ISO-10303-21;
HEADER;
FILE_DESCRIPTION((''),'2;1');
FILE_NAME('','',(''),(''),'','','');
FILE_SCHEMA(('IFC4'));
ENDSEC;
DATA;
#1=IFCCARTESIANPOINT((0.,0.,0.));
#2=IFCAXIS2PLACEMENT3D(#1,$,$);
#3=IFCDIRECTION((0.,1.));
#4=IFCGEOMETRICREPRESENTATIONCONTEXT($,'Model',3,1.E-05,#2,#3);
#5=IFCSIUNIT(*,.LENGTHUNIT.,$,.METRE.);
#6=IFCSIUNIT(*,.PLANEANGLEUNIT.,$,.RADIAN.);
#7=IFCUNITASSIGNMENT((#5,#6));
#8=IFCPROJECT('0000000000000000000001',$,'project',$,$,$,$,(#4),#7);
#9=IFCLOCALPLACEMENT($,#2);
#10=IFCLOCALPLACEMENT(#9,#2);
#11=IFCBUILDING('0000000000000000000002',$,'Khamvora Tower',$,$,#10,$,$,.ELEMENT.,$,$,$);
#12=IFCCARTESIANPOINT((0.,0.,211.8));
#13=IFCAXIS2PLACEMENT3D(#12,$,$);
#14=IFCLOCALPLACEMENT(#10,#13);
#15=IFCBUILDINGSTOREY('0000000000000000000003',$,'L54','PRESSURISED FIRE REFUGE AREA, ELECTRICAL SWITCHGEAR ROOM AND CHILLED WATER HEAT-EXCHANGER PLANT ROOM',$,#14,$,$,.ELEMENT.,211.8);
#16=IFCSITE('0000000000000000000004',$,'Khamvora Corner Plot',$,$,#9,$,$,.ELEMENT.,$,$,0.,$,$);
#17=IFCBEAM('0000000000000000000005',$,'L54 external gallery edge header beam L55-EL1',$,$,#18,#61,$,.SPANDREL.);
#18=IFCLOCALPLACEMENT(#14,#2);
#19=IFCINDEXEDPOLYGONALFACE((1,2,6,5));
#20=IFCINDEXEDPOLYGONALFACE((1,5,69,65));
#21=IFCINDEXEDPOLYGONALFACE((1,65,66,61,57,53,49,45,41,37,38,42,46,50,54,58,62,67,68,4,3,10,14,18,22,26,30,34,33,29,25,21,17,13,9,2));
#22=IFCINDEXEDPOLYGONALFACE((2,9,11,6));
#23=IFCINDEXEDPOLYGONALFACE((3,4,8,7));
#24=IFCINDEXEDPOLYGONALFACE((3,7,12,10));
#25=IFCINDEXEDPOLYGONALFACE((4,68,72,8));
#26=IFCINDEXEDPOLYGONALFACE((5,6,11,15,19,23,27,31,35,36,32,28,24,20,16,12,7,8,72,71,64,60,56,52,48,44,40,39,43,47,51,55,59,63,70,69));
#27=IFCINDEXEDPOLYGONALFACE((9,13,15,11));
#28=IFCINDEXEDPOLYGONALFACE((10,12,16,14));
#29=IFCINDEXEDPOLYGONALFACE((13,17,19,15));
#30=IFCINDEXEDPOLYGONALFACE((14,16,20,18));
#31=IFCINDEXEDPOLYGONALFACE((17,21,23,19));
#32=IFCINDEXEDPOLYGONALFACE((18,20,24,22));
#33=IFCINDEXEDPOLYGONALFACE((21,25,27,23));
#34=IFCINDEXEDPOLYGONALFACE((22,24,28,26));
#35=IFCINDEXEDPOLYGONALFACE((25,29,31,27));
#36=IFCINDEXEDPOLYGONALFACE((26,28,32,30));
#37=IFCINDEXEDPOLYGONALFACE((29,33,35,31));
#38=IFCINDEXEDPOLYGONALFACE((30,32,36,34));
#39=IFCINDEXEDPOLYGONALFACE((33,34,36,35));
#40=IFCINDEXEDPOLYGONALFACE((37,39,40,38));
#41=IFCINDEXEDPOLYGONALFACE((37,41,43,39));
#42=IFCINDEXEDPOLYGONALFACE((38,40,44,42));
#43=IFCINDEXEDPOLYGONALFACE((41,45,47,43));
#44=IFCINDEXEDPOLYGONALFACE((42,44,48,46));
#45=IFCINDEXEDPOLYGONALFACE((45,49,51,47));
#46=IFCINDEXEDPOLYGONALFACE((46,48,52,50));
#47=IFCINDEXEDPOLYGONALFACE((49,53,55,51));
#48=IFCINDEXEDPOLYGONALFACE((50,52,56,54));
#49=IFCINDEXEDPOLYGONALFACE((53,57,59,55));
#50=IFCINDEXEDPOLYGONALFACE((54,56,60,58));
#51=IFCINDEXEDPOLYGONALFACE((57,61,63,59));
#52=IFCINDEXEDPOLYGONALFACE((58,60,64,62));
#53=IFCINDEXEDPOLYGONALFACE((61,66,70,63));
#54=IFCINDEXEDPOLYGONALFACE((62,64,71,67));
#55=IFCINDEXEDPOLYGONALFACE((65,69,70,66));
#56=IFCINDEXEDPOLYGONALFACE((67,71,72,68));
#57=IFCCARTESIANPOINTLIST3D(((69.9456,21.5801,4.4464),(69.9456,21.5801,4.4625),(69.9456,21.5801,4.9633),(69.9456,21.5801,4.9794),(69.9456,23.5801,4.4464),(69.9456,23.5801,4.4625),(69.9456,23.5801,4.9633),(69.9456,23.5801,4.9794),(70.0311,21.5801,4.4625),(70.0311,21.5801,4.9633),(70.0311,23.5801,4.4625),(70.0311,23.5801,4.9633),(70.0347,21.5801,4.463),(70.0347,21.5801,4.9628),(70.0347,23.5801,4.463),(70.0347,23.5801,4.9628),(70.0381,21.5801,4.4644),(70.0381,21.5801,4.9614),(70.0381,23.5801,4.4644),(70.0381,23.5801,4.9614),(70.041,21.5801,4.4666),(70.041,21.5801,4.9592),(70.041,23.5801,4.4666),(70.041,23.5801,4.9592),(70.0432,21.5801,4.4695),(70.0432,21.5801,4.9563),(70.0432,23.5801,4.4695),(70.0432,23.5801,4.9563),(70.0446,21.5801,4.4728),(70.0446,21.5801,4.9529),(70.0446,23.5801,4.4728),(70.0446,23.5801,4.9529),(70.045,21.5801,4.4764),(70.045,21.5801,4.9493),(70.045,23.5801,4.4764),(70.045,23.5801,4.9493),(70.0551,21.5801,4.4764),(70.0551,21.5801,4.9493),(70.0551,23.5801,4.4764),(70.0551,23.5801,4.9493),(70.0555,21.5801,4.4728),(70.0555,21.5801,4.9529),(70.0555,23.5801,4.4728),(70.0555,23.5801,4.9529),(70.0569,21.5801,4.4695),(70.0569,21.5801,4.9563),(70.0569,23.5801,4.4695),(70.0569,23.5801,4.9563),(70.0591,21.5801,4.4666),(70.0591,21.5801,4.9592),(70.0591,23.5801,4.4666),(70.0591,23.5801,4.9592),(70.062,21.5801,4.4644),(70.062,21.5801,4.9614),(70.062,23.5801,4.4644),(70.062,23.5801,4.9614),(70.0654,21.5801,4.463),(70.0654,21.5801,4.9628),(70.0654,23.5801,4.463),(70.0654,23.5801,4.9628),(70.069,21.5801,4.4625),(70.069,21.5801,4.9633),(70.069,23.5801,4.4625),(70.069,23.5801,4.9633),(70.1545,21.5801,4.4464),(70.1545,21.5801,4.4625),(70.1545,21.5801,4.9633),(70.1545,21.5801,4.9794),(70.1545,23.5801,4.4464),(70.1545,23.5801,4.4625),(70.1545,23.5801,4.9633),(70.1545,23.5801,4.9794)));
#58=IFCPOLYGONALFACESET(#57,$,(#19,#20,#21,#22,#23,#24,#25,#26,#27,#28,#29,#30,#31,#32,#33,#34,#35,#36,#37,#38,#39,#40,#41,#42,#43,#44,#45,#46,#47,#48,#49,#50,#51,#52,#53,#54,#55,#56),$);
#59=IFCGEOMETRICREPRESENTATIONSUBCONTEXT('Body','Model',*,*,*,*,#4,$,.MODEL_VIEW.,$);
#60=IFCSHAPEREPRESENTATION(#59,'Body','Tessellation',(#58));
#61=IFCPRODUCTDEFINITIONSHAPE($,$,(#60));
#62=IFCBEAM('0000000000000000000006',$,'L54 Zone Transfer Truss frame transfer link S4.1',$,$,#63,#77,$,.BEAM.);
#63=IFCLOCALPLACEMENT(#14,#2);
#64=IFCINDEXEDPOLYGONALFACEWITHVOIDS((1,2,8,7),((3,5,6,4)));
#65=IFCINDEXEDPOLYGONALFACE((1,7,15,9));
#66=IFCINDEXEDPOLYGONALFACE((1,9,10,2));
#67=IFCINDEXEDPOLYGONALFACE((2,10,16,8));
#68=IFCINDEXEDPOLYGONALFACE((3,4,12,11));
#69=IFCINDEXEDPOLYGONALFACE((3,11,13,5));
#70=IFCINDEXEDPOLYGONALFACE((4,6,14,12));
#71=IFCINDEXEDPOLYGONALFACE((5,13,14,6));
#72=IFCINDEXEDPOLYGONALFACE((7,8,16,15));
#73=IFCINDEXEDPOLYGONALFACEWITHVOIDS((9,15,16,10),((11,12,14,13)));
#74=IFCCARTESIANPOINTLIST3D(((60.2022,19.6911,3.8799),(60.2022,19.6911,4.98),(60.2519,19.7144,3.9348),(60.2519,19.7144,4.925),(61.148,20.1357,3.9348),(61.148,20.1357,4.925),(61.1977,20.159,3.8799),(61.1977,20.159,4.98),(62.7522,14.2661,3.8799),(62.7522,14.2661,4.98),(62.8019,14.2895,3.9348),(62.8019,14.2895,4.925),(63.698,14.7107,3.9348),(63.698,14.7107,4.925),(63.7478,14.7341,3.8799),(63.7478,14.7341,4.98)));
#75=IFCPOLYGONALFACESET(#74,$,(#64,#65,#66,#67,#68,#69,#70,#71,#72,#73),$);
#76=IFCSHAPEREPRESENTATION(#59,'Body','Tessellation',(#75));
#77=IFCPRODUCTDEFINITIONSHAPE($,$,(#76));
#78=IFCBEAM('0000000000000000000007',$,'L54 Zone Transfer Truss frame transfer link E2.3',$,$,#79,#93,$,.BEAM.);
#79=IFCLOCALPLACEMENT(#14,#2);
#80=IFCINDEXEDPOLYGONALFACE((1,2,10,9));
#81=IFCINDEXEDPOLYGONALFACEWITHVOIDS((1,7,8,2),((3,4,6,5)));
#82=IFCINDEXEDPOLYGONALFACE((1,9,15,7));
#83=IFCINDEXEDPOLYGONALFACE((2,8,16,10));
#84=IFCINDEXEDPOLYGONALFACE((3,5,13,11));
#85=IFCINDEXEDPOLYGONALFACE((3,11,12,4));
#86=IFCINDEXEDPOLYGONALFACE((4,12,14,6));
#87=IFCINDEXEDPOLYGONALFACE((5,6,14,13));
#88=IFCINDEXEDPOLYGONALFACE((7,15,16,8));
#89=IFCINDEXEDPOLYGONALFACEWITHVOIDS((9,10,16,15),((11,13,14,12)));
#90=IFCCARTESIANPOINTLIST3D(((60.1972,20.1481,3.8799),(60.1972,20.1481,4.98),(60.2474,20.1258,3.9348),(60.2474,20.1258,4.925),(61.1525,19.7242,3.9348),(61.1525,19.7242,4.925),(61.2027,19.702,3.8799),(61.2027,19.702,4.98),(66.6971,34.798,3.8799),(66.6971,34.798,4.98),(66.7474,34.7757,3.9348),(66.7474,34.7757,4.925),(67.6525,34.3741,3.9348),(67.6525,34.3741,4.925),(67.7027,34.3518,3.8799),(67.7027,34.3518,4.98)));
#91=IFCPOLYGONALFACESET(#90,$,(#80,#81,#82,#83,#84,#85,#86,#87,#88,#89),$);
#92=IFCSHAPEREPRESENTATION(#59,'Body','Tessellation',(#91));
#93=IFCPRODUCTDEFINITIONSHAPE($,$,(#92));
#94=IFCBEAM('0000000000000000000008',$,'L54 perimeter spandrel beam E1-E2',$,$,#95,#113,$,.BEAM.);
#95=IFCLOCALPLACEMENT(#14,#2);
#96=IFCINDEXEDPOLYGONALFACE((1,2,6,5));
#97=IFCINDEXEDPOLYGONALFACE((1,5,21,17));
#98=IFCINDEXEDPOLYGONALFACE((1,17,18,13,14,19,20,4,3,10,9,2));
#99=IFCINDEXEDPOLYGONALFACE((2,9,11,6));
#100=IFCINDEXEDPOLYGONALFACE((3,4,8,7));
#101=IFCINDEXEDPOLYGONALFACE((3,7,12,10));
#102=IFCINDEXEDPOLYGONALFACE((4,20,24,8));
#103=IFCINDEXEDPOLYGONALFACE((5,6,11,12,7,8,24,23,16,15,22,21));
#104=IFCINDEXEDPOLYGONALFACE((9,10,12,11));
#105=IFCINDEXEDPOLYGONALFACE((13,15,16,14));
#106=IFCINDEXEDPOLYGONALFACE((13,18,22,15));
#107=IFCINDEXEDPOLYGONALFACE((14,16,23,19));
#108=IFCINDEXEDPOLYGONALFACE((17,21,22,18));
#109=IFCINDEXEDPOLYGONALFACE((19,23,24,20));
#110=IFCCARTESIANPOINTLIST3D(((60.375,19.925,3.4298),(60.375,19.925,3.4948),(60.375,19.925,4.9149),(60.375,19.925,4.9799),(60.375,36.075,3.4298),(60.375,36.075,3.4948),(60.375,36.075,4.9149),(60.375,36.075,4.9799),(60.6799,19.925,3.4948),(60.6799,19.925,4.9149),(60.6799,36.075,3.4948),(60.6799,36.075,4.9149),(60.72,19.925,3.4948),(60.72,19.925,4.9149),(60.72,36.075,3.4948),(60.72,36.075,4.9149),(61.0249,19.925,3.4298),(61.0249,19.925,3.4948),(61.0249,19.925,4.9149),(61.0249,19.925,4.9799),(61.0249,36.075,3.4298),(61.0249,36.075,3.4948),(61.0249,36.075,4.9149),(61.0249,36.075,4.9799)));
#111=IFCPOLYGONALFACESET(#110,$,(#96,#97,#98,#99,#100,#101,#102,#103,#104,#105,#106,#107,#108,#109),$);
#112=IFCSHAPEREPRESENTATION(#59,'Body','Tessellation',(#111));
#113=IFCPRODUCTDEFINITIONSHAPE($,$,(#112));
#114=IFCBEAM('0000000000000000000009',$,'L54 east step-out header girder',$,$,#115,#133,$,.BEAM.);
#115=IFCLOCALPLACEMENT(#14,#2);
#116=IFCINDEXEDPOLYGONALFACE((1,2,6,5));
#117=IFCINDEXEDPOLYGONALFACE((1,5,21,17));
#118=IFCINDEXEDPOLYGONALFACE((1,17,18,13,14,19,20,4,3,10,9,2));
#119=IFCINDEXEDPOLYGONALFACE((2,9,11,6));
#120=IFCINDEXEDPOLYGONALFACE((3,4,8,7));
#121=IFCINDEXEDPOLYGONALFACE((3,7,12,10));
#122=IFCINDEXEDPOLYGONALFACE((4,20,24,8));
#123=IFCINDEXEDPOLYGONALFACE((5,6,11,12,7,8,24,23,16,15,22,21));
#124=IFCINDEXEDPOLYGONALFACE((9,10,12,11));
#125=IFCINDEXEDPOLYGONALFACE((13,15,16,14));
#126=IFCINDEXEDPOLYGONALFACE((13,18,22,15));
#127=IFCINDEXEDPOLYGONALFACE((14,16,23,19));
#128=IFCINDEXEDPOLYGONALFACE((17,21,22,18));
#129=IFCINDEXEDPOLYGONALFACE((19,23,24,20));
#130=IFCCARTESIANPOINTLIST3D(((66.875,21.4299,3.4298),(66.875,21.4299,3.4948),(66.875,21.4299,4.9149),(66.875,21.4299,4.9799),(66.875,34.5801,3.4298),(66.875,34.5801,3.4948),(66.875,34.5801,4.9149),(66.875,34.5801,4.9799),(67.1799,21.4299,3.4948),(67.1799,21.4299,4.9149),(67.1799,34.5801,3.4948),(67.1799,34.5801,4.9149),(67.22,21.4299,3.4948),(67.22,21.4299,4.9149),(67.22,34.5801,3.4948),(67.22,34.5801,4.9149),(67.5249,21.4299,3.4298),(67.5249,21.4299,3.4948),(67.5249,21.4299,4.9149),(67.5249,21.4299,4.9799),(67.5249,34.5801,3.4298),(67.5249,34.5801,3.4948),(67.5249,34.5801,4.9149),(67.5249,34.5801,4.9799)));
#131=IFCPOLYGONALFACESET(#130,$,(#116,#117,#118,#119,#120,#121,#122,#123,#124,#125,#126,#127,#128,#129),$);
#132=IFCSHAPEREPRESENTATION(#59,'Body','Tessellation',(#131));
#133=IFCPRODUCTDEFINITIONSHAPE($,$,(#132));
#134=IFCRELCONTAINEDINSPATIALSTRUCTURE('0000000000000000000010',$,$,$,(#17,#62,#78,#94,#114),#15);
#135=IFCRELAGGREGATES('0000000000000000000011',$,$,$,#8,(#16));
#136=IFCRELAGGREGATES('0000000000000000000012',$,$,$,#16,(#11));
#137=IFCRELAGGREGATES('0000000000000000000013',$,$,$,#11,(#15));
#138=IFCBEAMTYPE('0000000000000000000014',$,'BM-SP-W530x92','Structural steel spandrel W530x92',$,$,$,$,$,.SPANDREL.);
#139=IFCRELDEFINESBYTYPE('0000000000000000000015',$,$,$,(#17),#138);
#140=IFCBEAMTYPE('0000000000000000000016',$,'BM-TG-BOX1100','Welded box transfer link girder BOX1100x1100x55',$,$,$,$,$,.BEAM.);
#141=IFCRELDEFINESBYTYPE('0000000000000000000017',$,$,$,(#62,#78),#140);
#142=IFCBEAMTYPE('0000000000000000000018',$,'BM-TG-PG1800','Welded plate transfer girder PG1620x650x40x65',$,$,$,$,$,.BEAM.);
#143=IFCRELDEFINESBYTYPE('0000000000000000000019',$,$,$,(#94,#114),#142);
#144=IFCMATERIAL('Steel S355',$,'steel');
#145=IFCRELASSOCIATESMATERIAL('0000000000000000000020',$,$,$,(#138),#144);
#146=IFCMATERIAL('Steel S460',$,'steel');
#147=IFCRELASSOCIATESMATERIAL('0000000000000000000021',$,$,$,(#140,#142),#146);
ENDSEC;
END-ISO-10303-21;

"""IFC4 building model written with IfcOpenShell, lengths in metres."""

from ifc_helpers import new_model, si_unit, direction, frame, origin, origin_2d, place, context, subcontext, project, spatial, hollow_rectangle, i_section, extrude, material, material_profile, profile_set, type_object, element, save


model = new_model("IFC4")

# Units and contexts
model_context = context("Model", 3, precision=1e-05, world=origin(), true_north=direction((0.0, 1.0)))
body_context = subcontext(model_context, "Body", "Model", "MODEL_VIEW")
ifc_project = project(units=[si_unit("LENGTHUNIT", "METRE"), si_unit("PLANEANGLEUNIT", "RADIAN")], contexts=[model_context])

# Site, building, storey
site_placement = place(None, origin())
site = spatial("IfcSite", under=ifc_project, at=site_placement, Name="Khamvora Corner Plot", CompositionType="ELEMENT", RefElevation=0.0)
building_placement = place(site_placement, origin())
building = spatial("IfcBuilding", under=site, at=building_placement, Name="Khamvora Tower", CompositionType="ELEMENT")
storey_placement = place(building_placement, frame((0.0, 0.0, 211.8)))
storey = spatial("IfcBuildingStorey", under=building, at=storey_placement, Name="L54", Description="PRESSURISED FIRE REFUGE AREA, ELECTRICAL SWITCHGEAR ROOM AND CHILLED WATER HEAT-EXCHANGER PLANT ROOM", CompositionType="ELEMENT", Elevation=211.8)

# Beams
ifc_material_1 = material(Name="Steel S355", Category="steel")
ifc_material_profile_1 = material_profile(ifc_material_1, i_section(OverallWidth=0.209, OverallDepth=0.533, WebThickness=0.01, FlangeThickness=0.0161, FilletRadius=0.0139, at=origin_2d()), Name="W530x92")
ifc_profile_set_1 = profile_set([ifc_material_profile_1], Name="Steel S355")
beam_type_1 = type_object("IfcBeamType", Name="BM-SP-W530x92", Description="Structural steel spandrel W530x92", PredefinedType="SPANDREL", material=ifc_profile_set_1)
beam_1_placement = place(storey_placement, frame((70.05, 21.5801, 4.7129), z_axis=(0.0, 1.0, 0.0), x_axis=(-1.0, 0.0, 0.0)))
element("IfcBeam", 1, at=beam_1_placement, inside=storey, type_object=beam_type_1, Name="L54 external gallery edge header beam L55-EL1", PredefinedType="SPANDREL", context=body_context, shape_type="SweptSolid", body=[
    extrude(i_section(OverallWidth=0.209, OverallDepth=0.533, WebThickness=0.01, FlangeThickness=0.0161, FilletRadius=0.0139, at=origin_2d()), origin(), (0.0, 0.0, 1.0), 2.0),
])
ifc_material_2 = material(Name="Steel S460", Category="steel")
ifc_material_profile_2 = material_profile(ifc_material_2, hollow_rectangle(XDim=1.1001, YDim=1.1001, WallThickness=0.0549, at=origin_2d()), Name="BOX1100x1100x55")
ifc_profile_set_2 = profile_set([ifc_material_profile_2], Name="Steel S460")
beam_type_2 = type_object("IfcBeamType", Name="BM-TG-BOX1100", Description="Welded box transfer link girder BOX1100x1100x55", PredefinedType="BEAM", material=ifc_profile_set_2)
beam_2_placement = place(storey_placement, frame((60.7, 19.925, 4.4299), z_axis=(0.425399, -0.905006, 0.0), x_axis=(0.905006, 0.425399, 0.0)))
element("IfcBeam", 2, at=beam_2_placement, inside=storey, type_object=beam_type_2, Name="L54 Zone Transfer Truss frame transfer link S4.1", PredefinedType="BEAM", context=body_context, shape_type="SweptSolid", body=[
    extrude(hollow_rectangle(XDim=1.1001, YDim=1.1001, WallThickness=0.0549, at=origin_2d()), origin(), (0.0, 0.0, 1.0), 5.9944),
])
beam_3_placement = place(storey_placement, frame((60.7, 19.925, 4.4299), z_axis=(0.405562, 0.914068, 0.0), x_axis=(-0.914068, 0.405562, 0.0)))
element("IfcBeam", 3, at=beam_3_placement, inside=storey, type_object=beam_type_2, Name="L54 Zone Transfer Truss frame transfer link E2.3", PredefinedType="BEAM", context=body_context, shape_type="SweptSolid", body=[
    extrude(hollow_rectangle(XDim=1.1001, YDim=1.1001, WallThickness=0.0549, at=origin_2d()), origin(), (0.0, 0.0, 1.0), 16.0271),
])
ifc_material_profile_3 = material_profile(ifc_material_2, i_section(OverallWidth=0.6499, OverallDepth=1.55, WebThickness=0.04, FlangeThickness=0.0649, at=origin_2d()), Name="PG1550x650x40x65")
ifc_profile_set_3 = profile_set([ifc_material_profile_3], Name="Steel S460")
beam_type_3 = type_object("IfcBeamType", Name="BM-TG-PG1800", Description="Welded plate transfer girder PG1620x650x40x65", PredefinedType="BEAM", material=ifc_profile_set_3)
beam_4_placement = place(storey_placement, frame((60.7, 19.925, 4.2048), z_axis=(0.0, 1.0, 0.0), x_axis=(-1.0, 0.0, 0.0)))
element("IfcBeam", 4, at=beam_4_placement, inside=storey, type_object=beam_type_3, Name="L54 perimeter spandrel beam E1-E2", PredefinedType="BEAM", context=body_context, shape_type="SweptSolid", body=[
    extrude(i_section(OverallWidth=0.6499, OverallDepth=1.55, WebThickness=0.04, FlangeThickness=0.0649, at=origin_2d()), origin(), (0.0, 0.0, 1.0), 16.1499),
])
beam_5_placement = place(storey_placement, frame((67.2, 21.4299, 4.2048), z_axis=(0.0, 1.0, 0.0), x_axis=(-1.0, 0.0, 0.0)))
element("IfcBeam", 5, at=beam_5_placement, inside=storey, type_object=beam_type_3, Name="L54 east step-out header girder", PredefinedType="BEAM", context=body_context, shape_type="SweptSolid", body=[
    extrude(i_section(OverallWidth=0.6499, OverallDepth=1.55, WebThickness=0.04, FlangeThickness=0.0649, at=origin_2d()), origin(), (0.0, 0.0, 1.0), 13.1501),
])

save(model, "model.ifc")
